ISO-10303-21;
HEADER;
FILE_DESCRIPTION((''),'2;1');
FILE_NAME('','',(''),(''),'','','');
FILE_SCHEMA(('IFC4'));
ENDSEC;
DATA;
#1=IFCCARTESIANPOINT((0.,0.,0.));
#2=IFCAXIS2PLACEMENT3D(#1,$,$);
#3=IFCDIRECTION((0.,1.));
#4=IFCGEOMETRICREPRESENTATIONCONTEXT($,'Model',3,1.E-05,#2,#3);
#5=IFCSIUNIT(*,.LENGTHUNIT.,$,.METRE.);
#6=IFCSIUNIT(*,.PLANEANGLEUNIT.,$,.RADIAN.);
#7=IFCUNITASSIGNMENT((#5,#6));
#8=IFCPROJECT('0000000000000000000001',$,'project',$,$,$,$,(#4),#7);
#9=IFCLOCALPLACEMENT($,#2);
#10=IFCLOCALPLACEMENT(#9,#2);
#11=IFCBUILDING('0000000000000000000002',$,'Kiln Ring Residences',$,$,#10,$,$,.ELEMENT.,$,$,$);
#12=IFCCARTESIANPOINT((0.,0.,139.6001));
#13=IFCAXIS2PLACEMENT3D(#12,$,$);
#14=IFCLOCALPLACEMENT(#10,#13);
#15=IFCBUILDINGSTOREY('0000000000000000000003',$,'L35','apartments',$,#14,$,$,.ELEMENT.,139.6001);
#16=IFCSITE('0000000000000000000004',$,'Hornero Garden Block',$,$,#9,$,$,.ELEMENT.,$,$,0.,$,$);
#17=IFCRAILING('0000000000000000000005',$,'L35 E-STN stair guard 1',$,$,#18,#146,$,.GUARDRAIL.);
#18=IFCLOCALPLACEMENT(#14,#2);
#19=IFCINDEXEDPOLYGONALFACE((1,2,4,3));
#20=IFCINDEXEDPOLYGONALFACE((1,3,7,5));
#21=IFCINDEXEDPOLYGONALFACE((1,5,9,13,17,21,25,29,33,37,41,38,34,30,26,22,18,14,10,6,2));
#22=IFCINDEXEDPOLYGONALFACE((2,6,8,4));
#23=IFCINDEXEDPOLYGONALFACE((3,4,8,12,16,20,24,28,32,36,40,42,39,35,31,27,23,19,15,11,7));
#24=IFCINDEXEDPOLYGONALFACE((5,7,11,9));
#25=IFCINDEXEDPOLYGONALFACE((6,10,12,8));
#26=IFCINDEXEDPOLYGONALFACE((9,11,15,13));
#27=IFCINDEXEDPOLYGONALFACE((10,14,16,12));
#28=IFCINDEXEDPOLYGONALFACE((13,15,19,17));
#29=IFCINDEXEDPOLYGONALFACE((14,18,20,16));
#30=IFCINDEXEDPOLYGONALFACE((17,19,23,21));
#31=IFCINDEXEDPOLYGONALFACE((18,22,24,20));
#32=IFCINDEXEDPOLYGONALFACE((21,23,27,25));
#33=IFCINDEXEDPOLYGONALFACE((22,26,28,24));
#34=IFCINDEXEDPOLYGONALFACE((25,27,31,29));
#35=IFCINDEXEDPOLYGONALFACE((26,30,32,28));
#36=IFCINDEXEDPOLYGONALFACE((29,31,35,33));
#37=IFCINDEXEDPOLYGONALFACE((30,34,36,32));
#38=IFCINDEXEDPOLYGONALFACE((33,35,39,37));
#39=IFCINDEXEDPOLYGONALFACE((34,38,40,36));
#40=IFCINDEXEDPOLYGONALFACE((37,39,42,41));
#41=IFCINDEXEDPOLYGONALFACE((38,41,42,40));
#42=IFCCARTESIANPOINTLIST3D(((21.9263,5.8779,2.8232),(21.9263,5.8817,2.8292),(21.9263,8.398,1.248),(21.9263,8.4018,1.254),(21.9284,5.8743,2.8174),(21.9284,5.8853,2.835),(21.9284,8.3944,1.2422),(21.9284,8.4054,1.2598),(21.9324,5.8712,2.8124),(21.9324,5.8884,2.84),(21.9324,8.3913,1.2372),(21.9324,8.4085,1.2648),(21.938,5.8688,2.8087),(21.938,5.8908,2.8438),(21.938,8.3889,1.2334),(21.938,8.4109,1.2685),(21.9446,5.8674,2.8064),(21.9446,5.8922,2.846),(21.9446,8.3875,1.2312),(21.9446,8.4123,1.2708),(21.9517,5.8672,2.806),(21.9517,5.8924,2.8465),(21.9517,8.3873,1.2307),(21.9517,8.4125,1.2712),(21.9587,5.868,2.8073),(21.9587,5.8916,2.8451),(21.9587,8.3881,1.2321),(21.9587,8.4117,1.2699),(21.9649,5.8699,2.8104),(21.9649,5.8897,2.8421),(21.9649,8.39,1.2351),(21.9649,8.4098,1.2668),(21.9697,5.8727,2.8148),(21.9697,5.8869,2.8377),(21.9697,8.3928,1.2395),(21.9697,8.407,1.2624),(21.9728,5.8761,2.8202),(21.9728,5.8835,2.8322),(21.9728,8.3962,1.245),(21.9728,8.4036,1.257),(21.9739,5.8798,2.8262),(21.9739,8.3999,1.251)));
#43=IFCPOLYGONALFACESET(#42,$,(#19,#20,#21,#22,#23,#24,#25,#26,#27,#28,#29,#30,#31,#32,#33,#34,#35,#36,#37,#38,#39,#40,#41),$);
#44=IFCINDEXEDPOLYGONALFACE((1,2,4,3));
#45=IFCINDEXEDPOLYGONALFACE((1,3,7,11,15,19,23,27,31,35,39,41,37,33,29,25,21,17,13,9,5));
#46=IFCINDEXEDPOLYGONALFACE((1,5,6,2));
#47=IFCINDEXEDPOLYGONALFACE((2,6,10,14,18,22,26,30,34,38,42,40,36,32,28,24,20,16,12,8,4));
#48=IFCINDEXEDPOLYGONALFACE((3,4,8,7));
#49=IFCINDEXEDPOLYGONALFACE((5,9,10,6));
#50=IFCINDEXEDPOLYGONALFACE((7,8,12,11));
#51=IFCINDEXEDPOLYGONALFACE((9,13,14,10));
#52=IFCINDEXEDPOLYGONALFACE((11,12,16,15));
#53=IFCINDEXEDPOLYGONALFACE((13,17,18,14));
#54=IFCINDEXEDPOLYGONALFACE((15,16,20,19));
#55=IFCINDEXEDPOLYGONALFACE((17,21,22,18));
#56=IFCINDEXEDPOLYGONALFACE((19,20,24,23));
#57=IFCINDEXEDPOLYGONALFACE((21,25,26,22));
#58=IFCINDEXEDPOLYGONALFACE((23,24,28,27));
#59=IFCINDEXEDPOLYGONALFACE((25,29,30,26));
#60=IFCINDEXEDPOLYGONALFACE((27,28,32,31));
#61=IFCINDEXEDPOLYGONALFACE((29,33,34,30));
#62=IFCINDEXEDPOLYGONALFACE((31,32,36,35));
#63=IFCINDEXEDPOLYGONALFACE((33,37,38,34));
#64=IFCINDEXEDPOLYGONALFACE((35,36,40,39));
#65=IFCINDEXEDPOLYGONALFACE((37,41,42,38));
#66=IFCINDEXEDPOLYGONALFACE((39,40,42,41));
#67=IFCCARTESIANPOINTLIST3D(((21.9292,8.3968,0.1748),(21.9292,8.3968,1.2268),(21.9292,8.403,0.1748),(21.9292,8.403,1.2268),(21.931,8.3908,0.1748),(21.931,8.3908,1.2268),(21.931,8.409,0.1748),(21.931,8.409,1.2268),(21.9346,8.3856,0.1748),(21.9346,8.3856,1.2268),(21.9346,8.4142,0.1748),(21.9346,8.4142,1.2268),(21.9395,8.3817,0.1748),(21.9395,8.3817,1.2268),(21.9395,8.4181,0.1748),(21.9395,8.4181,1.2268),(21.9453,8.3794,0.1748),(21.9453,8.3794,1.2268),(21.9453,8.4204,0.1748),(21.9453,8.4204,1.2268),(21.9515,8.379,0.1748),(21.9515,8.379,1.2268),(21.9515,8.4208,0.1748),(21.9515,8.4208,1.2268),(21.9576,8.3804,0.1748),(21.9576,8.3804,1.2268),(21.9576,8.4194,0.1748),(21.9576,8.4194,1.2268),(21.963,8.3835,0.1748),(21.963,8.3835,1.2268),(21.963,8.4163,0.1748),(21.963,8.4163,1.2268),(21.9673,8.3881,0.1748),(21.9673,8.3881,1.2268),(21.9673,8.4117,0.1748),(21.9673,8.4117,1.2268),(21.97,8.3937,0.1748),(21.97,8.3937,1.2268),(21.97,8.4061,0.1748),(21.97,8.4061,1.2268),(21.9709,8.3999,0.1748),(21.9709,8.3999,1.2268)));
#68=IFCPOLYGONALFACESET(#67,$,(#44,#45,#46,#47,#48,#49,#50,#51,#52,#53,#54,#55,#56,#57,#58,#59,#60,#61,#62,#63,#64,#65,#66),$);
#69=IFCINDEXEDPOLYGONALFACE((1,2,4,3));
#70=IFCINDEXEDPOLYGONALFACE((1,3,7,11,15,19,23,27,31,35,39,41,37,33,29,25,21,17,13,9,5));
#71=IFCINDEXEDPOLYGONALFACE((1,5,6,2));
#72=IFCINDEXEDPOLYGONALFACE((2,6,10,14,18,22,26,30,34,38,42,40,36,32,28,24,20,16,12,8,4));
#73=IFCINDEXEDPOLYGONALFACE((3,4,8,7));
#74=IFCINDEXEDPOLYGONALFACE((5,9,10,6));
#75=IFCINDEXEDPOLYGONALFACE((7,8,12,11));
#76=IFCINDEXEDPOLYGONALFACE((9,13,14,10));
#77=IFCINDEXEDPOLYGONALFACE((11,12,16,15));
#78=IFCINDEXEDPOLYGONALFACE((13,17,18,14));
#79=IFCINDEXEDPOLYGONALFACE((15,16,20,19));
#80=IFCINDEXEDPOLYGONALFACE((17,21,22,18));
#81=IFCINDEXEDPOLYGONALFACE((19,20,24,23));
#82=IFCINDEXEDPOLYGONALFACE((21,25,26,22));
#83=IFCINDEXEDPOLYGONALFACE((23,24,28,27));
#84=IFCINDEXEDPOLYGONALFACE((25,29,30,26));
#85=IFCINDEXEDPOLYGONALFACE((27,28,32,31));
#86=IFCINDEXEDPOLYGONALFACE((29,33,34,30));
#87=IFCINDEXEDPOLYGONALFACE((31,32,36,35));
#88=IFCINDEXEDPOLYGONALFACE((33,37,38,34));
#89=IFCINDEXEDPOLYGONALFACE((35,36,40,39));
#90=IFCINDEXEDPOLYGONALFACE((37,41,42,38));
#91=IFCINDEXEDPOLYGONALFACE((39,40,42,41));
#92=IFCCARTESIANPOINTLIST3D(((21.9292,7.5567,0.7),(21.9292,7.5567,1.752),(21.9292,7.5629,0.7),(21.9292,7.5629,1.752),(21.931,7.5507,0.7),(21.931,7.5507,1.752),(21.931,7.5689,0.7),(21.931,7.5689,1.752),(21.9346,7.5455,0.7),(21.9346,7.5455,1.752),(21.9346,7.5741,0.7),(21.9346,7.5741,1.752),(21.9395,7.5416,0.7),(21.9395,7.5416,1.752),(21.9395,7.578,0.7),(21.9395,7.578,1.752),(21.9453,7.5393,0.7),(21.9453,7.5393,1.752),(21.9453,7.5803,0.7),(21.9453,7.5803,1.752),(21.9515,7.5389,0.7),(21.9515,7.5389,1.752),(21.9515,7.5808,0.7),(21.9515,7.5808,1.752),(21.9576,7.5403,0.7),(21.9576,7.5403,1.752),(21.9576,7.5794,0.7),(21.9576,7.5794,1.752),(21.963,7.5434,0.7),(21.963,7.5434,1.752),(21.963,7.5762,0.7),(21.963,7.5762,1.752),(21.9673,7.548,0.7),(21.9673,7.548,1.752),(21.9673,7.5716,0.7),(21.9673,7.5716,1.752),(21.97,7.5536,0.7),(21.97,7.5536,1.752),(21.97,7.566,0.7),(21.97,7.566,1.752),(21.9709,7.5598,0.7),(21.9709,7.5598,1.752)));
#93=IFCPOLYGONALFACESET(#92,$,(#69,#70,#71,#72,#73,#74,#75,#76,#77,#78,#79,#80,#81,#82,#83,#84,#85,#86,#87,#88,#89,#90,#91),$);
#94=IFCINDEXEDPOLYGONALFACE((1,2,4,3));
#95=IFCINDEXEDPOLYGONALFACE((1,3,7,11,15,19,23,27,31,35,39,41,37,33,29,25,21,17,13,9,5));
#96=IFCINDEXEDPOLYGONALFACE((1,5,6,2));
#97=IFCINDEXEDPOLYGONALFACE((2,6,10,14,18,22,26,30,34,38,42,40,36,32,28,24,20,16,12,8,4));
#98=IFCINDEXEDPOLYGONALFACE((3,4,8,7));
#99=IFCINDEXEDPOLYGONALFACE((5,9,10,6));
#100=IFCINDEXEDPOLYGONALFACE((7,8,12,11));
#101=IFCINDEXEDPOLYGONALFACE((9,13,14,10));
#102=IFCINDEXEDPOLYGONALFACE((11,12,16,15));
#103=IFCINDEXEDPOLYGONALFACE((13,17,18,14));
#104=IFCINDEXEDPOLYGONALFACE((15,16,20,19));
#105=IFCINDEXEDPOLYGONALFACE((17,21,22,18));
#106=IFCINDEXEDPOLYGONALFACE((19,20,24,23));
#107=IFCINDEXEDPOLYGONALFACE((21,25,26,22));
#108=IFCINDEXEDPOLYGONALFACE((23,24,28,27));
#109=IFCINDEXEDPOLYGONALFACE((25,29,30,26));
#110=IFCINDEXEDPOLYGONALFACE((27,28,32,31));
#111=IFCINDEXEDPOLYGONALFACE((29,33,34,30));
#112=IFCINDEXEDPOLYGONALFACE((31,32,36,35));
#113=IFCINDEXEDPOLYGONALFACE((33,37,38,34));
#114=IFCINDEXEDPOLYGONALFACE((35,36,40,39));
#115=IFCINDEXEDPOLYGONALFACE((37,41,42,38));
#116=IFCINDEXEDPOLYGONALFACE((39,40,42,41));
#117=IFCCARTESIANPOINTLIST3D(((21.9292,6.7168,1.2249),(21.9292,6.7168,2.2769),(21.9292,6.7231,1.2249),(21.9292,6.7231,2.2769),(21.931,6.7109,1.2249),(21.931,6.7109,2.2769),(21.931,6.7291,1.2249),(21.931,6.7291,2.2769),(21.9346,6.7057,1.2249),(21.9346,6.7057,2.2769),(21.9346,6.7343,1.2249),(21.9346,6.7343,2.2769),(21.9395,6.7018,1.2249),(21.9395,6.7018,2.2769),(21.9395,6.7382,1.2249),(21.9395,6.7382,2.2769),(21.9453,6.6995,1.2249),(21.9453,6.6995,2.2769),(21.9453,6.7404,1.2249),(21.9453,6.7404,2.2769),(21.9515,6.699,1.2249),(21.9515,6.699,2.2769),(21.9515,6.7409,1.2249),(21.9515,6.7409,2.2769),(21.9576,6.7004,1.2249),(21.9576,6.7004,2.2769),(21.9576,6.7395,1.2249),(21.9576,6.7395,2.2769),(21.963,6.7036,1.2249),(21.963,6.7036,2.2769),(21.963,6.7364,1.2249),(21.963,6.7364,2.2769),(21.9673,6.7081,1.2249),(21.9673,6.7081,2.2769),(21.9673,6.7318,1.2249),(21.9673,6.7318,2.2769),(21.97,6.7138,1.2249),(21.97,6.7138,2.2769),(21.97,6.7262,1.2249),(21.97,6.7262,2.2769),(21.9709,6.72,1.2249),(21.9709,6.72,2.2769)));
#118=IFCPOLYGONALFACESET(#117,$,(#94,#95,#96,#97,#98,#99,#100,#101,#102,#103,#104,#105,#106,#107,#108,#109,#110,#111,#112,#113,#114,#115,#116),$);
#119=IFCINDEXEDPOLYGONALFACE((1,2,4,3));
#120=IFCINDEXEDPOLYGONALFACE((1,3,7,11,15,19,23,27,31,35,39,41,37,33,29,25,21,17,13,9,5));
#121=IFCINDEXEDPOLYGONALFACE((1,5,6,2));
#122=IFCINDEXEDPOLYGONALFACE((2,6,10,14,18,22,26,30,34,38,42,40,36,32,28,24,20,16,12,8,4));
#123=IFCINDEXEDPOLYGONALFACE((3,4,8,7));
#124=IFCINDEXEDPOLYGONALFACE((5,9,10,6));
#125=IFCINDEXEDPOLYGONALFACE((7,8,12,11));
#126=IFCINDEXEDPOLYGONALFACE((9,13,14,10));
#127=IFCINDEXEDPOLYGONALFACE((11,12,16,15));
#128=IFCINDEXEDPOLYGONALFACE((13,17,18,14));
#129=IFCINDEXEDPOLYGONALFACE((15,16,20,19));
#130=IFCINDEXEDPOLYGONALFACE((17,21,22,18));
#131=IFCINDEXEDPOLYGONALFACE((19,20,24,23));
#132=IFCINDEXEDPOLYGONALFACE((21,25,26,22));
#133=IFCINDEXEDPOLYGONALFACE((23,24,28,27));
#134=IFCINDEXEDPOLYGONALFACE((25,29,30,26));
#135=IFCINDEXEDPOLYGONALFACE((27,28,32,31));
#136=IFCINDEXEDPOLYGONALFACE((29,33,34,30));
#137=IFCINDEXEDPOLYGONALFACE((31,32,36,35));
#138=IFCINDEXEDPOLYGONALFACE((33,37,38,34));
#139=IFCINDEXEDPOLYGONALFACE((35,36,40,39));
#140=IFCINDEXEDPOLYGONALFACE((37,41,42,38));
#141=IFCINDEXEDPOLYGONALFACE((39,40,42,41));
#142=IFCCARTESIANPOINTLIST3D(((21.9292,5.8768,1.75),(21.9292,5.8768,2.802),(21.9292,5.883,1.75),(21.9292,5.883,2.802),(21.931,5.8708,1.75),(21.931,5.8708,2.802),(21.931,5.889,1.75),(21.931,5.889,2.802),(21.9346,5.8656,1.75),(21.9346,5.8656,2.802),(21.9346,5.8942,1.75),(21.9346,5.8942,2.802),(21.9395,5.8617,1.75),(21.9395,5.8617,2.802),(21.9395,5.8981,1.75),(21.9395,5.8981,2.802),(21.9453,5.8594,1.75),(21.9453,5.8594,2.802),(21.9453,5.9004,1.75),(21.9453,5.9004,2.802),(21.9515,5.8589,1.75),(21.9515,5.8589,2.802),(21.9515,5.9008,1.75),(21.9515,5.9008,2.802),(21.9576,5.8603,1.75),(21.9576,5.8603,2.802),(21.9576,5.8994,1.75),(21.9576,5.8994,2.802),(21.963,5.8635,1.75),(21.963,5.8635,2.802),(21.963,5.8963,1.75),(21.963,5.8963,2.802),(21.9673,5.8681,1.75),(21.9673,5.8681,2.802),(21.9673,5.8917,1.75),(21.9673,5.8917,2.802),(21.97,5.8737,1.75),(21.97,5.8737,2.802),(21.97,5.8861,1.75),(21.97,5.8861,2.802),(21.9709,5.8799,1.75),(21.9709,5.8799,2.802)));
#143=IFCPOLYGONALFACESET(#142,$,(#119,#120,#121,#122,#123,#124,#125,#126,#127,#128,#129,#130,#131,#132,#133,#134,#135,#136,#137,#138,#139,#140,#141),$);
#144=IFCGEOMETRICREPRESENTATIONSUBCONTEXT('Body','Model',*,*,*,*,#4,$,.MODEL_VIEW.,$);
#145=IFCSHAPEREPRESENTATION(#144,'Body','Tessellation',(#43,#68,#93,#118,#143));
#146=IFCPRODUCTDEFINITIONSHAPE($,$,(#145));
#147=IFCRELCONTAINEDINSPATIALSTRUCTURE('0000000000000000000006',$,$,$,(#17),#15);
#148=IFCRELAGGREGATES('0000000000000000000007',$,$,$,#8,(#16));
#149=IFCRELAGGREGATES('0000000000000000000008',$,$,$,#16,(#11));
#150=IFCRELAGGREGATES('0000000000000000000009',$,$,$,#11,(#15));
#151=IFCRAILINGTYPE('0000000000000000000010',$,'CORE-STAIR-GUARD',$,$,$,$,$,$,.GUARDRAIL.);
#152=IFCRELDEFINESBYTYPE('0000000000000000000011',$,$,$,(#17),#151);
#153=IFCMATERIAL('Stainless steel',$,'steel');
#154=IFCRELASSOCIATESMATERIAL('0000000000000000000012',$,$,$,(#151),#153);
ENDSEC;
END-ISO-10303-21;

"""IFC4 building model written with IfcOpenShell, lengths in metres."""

from ifc_helpers import new_model, si_unit, direction, frame, origin, origin_2d, place, context, subcontext, project, spatial, circle, extrude, material, type_object, element, save


model = new_model("IFC4")

# Units and contexts
model_context = context("Model", 3, precision=1e-05, world=origin(), true_north=direction((0.0, 1.0)))
body_context = subcontext(model_context, "Body", "Model", "MODEL_VIEW")
ifc_project = project(units=[si_unit("LENGTHUNIT", "METRE"), si_unit("PLANEANGLEUNIT", "RADIAN")], contexts=[model_context])

# Site, building, storey
site_placement = place(None, origin())
site = spatial("IfcSite", under=ifc_project, at=site_placement, Name="Hornero Garden Block", CompositionType="ELEMENT", RefElevation=0.0)
building_placement = place(site_placement, origin())
building = spatial("IfcBuilding", under=site, at=building_placement, Name="Kiln Ring Residences", CompositionType="ELEMENT")
storey_placement = place(building_placement, frame((0.0, 0.0, 139.6001)))
storey = spatial("IfcBuildingStorey", under=building, at=storey_placement, Name="L35", Description="apartments", CompositionType="ELEMENT", Elevation=139.6001)

# Railing
ifc_material_1 = material(Name="Stainless steel", Category="steel")
railing_type_1 = type_object("IfcRailingType", Name="CORE-STAIR-GUARD", PredefinedType="GUARDRAIL", material=ifc_material_1)
railing_1_placement = place(storey_placement, frame((21.95, 8.3999, 0.1748)))
element("IfcRailing", 1, at=railing_1_placement, inside=storey, type_object=railing_type_1, Name="L35 E-STN stair guard 1", PredefinedType="GUARDRAIL", context=body_context, shape_type="SweptSolid", body=[
    extrude(circle(Radius=0.0239, at=origin_2d()), frame((0.0, 0.0, 1.0762), z_axis=(0.0, -0.847971, 0.530043), x_axis=(1.0, 0.0, 0.0)), (0.0, 0.0, 1.0), 2.9719),
    extrude(circle(Radius=0.021, at=origin_2d()), origin(), (0.0, 0.0, 1.0), 1.052),
    extrude(circle(Radius=0.021, at=origin_2d()), frame((0.0, -0.8401, 0.5251)), (0.0, 0.0, 1.0), 1.052),
    extrude(circle(Radius=0.021, at=origin_2d()), frame((0.0, -1.6799, 1.05)), (0.0, 0.0, 1.0), 1.052),
    extrude(circle(Radius=0.021, at=origin_2d()), frame((0.0, -2.52, 1.5752)), (0.0, 0.0, 1.0), 1.052),
])

save(model, "model.ifc")
